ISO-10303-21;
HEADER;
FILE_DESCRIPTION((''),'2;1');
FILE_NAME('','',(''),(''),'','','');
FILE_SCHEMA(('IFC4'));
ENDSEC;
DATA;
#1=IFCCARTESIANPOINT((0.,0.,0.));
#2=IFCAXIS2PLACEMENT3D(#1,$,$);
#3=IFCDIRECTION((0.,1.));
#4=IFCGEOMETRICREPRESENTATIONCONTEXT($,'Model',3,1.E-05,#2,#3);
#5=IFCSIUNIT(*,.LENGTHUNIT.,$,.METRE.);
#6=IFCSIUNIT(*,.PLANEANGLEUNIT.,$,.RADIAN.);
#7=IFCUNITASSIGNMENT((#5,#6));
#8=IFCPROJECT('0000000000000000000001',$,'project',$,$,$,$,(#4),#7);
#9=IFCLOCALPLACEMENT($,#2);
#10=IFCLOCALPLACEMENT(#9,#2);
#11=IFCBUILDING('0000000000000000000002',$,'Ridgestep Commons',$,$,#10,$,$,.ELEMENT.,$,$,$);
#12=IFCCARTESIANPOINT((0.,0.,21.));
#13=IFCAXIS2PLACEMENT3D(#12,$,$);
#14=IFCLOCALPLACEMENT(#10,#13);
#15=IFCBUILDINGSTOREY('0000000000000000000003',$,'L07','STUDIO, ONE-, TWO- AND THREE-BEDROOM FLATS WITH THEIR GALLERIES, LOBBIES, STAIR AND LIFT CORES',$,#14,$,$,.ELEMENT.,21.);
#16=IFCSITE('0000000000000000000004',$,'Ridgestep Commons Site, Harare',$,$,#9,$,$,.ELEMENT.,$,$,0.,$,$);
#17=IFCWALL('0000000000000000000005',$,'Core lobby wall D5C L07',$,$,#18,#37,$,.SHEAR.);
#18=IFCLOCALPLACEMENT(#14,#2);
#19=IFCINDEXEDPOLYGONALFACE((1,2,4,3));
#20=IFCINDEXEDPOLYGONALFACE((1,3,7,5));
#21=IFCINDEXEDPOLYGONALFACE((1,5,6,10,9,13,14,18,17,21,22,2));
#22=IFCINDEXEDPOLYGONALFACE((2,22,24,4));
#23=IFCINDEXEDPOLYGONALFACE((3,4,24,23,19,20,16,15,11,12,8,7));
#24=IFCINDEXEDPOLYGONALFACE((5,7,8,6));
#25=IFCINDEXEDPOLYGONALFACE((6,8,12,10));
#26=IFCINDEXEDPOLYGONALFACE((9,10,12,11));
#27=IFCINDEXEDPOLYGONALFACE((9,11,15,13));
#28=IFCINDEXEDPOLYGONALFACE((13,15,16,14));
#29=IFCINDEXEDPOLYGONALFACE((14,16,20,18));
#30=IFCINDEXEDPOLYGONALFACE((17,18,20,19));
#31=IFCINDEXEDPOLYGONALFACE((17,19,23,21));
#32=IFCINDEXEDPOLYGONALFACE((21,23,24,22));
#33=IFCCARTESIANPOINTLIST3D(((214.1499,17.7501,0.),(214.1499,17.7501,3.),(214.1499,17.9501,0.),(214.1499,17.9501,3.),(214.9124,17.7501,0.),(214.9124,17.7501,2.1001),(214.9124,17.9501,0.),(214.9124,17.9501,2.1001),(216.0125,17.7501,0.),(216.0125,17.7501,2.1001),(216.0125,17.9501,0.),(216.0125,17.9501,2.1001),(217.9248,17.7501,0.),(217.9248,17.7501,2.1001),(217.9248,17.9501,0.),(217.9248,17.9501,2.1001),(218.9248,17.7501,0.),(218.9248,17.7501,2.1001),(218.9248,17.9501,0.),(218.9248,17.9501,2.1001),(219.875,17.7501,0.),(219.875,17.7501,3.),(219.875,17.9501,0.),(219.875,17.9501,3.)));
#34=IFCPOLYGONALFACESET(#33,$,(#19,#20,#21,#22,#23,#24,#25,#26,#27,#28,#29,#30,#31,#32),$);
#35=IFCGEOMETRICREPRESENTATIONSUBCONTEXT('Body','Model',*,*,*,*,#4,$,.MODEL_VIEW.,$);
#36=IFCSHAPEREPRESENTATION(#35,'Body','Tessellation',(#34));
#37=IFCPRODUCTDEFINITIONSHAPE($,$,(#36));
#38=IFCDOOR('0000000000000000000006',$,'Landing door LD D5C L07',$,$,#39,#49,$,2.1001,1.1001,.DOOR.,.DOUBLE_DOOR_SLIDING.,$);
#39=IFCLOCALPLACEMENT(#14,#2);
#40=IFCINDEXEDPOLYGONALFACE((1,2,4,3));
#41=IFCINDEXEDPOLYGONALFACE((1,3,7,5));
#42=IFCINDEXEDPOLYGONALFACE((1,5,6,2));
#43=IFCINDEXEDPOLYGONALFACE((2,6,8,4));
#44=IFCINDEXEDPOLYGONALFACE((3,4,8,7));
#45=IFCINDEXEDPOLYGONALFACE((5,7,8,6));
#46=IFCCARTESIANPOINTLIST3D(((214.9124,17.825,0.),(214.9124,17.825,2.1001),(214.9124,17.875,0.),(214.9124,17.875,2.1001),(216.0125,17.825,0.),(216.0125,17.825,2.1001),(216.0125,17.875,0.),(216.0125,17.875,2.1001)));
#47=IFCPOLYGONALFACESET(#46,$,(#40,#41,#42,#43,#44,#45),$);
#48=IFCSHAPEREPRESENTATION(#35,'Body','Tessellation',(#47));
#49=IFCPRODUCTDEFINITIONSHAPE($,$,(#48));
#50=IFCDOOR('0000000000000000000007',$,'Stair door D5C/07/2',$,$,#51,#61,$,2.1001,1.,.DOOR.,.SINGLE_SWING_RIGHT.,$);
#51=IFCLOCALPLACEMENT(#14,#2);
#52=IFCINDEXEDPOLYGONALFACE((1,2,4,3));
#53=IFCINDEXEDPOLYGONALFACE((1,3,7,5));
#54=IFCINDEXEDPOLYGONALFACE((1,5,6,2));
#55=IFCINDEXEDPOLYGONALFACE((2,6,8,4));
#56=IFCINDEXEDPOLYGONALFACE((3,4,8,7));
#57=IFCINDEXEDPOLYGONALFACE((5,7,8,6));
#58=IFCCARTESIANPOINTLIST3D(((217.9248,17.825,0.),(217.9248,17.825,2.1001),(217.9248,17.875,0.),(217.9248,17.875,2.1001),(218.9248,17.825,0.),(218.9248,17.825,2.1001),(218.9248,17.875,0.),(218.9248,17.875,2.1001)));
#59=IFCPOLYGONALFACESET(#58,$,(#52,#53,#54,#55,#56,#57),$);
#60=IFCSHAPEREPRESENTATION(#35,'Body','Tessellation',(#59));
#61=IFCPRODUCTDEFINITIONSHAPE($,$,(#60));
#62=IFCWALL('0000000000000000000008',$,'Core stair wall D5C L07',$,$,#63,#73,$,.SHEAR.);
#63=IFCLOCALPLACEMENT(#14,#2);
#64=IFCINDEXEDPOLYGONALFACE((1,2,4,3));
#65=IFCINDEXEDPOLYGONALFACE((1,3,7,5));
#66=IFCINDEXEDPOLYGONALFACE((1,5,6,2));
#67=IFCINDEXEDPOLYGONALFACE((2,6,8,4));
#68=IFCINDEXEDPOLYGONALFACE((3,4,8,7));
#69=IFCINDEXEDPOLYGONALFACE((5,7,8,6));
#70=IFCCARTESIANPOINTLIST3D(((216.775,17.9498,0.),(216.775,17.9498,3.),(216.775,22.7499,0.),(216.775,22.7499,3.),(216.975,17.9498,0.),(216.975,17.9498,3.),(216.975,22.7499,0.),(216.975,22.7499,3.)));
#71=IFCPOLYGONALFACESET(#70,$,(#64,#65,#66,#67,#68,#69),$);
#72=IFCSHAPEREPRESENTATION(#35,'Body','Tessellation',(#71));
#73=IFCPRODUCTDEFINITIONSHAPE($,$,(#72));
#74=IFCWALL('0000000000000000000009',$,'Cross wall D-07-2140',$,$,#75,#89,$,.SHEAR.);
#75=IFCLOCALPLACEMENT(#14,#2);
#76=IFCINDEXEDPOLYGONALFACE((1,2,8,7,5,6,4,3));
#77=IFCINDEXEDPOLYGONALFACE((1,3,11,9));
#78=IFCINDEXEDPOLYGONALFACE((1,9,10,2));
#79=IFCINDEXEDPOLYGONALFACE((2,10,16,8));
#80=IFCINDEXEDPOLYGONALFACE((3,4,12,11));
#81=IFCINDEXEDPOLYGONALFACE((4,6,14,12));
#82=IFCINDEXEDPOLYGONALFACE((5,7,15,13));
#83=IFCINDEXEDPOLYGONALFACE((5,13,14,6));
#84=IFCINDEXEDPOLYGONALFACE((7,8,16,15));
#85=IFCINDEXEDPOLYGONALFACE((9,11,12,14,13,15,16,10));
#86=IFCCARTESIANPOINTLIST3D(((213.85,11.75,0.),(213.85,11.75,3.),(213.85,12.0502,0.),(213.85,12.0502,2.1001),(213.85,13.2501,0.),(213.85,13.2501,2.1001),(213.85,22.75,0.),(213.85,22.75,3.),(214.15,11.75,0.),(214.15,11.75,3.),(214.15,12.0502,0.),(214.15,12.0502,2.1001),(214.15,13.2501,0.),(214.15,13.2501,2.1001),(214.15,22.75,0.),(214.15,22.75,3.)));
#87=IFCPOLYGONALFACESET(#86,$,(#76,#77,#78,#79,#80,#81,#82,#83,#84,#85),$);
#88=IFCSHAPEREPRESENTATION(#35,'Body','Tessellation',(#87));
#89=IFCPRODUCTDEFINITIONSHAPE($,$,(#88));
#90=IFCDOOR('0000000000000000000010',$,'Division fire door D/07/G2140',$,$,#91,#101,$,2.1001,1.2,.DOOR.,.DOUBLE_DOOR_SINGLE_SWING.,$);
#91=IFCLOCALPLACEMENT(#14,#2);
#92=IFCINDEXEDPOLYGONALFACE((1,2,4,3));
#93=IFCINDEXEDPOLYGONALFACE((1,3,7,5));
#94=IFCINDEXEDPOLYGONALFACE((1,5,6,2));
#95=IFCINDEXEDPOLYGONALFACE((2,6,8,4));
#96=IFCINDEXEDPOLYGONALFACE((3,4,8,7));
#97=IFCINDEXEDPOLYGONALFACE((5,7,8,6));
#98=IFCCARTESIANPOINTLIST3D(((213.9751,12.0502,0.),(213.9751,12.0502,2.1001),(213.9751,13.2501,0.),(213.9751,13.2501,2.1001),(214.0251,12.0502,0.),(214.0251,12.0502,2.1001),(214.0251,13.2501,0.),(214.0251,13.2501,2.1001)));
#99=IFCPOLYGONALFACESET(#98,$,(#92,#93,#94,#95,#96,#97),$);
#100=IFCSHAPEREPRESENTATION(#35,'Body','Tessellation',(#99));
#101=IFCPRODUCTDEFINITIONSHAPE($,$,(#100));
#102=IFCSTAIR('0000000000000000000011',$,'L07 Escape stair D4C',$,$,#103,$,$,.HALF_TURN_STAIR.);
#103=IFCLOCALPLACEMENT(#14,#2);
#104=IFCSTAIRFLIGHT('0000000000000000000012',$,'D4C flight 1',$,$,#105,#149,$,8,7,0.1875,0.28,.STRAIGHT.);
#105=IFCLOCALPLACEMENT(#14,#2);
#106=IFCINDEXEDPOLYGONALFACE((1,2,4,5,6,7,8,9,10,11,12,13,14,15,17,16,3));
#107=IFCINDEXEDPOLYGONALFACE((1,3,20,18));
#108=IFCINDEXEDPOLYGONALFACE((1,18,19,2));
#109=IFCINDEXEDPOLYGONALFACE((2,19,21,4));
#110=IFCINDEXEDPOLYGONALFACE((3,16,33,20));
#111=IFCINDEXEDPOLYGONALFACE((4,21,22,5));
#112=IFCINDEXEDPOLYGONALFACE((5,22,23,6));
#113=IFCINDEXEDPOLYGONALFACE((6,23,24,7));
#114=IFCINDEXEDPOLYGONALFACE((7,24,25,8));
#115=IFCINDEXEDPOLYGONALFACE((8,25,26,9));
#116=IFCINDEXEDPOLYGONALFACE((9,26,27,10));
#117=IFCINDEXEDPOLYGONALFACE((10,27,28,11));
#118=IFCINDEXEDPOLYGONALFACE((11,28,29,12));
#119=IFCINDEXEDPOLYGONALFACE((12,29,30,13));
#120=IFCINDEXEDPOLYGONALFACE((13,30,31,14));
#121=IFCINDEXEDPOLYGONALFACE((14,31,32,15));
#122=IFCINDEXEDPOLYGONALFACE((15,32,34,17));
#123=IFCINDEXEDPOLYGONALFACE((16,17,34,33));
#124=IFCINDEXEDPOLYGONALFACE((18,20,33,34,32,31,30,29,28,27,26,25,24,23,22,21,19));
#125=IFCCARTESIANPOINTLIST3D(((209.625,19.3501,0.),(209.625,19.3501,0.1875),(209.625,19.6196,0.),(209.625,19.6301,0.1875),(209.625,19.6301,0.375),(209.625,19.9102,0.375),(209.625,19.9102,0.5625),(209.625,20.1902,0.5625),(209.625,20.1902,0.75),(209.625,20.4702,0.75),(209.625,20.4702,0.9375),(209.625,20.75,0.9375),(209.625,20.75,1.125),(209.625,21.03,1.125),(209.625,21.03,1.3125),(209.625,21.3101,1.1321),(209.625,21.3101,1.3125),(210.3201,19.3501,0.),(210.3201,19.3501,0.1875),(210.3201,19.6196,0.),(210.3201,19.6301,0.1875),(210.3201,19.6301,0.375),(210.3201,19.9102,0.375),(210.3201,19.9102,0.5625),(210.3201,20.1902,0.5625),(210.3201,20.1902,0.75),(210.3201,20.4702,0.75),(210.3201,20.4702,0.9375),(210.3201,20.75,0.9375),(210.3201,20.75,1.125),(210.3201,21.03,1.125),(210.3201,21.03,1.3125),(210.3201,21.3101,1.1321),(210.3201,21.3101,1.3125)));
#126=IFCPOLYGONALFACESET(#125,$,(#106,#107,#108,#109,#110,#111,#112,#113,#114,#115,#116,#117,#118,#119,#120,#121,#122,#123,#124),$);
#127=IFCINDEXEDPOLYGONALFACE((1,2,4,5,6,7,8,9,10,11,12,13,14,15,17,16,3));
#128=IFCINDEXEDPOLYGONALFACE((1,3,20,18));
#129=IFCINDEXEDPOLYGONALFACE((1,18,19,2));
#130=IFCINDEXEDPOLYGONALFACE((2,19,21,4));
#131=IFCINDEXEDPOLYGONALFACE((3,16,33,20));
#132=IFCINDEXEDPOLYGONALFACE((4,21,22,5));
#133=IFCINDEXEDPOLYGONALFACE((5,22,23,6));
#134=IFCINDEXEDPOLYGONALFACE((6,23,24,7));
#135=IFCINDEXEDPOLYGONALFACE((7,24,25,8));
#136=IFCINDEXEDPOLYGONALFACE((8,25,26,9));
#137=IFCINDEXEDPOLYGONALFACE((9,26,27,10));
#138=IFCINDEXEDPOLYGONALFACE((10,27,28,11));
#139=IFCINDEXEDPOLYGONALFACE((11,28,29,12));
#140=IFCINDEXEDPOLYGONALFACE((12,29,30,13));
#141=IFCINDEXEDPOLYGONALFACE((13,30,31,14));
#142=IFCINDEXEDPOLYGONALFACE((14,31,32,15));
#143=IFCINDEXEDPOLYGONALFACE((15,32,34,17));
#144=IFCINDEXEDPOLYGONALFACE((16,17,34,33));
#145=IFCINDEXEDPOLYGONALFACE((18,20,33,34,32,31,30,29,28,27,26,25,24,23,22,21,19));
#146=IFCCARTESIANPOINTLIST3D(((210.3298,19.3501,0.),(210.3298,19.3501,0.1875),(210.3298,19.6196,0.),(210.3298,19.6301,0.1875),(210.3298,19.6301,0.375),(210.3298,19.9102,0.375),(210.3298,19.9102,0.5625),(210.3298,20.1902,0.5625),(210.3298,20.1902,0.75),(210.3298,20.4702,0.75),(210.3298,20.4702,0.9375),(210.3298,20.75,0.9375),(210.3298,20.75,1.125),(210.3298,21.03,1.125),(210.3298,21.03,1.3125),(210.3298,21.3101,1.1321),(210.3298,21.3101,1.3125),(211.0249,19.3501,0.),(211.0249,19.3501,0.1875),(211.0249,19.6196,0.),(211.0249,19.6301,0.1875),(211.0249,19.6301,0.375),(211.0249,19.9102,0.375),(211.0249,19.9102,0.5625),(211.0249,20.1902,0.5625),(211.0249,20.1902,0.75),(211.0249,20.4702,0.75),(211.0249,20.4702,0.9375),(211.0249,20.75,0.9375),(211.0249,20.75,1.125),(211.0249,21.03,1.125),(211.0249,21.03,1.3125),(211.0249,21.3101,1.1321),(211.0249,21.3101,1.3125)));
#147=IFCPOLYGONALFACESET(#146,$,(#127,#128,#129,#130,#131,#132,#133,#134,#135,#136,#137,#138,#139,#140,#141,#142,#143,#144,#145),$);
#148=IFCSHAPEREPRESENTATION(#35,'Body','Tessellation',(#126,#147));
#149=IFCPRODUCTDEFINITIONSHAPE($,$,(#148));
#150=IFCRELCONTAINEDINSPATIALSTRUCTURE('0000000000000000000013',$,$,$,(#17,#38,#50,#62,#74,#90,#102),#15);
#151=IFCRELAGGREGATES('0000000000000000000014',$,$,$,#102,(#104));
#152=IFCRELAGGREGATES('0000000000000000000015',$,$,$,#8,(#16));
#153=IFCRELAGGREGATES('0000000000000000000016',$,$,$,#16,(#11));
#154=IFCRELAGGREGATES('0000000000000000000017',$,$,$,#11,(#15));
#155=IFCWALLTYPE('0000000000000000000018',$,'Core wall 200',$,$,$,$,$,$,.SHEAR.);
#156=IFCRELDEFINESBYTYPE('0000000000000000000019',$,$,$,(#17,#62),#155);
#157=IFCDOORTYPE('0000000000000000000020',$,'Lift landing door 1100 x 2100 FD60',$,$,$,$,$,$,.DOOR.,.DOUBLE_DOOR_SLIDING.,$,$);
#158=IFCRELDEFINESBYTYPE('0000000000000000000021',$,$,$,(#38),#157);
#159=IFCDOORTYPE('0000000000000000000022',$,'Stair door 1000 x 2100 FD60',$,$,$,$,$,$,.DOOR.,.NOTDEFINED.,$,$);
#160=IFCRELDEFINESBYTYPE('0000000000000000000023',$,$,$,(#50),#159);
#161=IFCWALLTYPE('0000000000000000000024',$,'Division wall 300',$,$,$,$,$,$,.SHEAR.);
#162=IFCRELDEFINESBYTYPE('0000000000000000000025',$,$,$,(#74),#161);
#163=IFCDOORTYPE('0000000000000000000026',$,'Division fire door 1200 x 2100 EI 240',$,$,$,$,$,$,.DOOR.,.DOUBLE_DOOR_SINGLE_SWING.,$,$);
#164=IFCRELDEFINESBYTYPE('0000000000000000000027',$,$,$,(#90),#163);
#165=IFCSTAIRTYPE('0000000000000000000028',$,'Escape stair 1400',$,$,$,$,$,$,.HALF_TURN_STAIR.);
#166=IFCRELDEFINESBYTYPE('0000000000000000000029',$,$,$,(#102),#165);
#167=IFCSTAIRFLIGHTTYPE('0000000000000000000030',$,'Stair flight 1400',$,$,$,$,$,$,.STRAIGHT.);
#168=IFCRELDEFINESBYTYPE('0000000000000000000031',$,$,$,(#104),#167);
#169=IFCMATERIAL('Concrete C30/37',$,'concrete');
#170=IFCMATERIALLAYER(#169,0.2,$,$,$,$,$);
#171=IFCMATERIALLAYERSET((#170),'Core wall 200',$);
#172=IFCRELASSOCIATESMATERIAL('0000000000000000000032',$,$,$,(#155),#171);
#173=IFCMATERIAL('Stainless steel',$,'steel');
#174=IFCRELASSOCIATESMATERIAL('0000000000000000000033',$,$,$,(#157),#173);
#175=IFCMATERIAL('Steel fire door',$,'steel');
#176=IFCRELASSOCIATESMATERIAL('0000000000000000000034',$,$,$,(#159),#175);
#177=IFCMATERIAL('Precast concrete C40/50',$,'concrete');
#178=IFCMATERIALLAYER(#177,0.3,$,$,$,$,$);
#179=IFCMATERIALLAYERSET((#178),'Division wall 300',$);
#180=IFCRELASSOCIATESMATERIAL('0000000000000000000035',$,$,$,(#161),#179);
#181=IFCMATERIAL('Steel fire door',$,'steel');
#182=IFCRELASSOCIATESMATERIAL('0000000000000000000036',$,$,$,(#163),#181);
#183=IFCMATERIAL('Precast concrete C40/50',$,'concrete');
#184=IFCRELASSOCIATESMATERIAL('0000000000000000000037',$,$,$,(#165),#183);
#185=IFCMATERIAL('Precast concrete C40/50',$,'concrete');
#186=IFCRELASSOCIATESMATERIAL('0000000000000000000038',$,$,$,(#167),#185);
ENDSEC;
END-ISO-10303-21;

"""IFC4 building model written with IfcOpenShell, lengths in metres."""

from ifc_helpers import new_model, si_unit, direction, frame, frame_2d, origin, place, context, subcontext, project, spatial, polyline, rectangle, outline, extrude, material, layer, layer_set, type_object, element, fill, aggregate, save


model = new_model("IFC4")

# Units and contexts
model_context = context("Model", 3, precision=1e-05, world=origin(), true_north=direction((0.0, 1.0)))
body_context = subcontext(model_context, "Body", "Model", "MODEL_VIEW")
ifc_project = project(units=[si_unit("LENGTHUNIT", "METRE"), si_unit("PLANEANGLEUNIT", "RADIAN")], contexts=[model_context])

# Site, building, storey
site_placement = place(None, origin())
site = spatial("IfcSite", under=ifc_project, at=site_placement, Name="Ridgestep Commons Site, Harare", CompositionType="ELEMENT", RefElevation=0.0)
building_placement = place(site_placement, origin())
building = spatial("IfcBuilding", under=site, at=building_placement, Name="Ridgestep Commons", CompositionType="ELEMENT")
storey_placement = place(building_placement, frame((0.0, 0.0, 21.0)))
storey = spatial("IfcBuildingStorey", under=building, at=storey_placement, Name="L07", Description="STUDIO, ONE-, TWO- AND THREE-BEDROOM FLATS WITH THEIR GALLERIES, LOBBIES, STAIR AND LIFT CORES", CompositionType="ELEMENT", Elevation=21.0)

# Shared definitions
ifc_material_1 = material(Name="Concrete C30/37", Category="concrete")
ifc_layer_1 = layer(ifc_material_1, 0.2)
ifc_layer_set_1 = layer_set([ifc_layer_1], Name="Core wall 200")
wall_type_1 = type_object("IfcWallType", Name="Core wall 200", PredefinedType="SHEAR", material=ifc_layer_set_1)

# Wall, openings, doors
wall_1_placement = place(storey_placement, frame((214.1499, 17.8501, 0.0), z_axis=(0.0, 0.0, 1.0), x_axis=(1.0, 0.0, 0.0)))
wall_1 = element("IfcWall", 1, at=wall_1_placement, inside=storey, type_object=wall_type_1, Name="Core lobby wall D5C L07", PredefinedType="SHEAR", context=body_context, shape_type="SweptSolid", body=[
    extrude(rectangle(XDim=5.7251, YDim=0.2, at=frame_2d((2.8625, 0.0))), origin(), (0.0, 0.0, 1.0), 3.0),
])
opening_1_placement = place(wall_1_placement, frame((3.7749, 0.0, 0.0)))
opening_1 = element("IfcOpeningElement", 2, at=opening_1_placement, cuts=wall_1, PredefinedType="OPENING", context=body_context, shape_type="SweptSolid", body=[
    extrude(rectangle(XDim=1.0, YDim=2.1001, at=frame_2d((0.5, 1.05))), frame((0.0, 0.1099, 0.0), z_axis=(0.0, -1.0, 0.0), x_axis=(1.0, 0.0, 0.0)), (0.0, 0.0, 1.0), 0.22),
])
opening_2_placement = place(wall_1_placement, frame((0.7625, 0.0, 0.0)))
opening_2 = element("IfcOpeningElement", 3, at=opening_2_placement, cuts=wall_1, PredefinedType="OPENING", context=body_context, shape_type="SweptSolid", body=[
    extrude(rectangle(XDim=1.1001, YDim=2.1001, at=frame_2d((0.55, 1.05))), frame((0.0, 0.1099, 0.0), z_axis=(0.0, -1.0, 0.0), x_axis=(1.0, 0.0, 0.0)), (0.0, 0.0, 1.0), 0.22),
])
ifc_material_2 = material(Name="Stainless steel", Category="steel")
door_type_1 = type_object("IfcDoorType", Name="Lift landing door 1100 x 2100 FD60", OperationType="DOUBLE_DOOR_SLIDING", PredefinedType="DOOR", material=ifc_material_2)
door_1_placement = place(opening_2_placement, origin())
door_1 = element("IfcDoor", 4, at=door_1_placement, inside=storey, type_object=door_type_1, Name="Landing door LD D5C L07", OperationType="DOUBLE_DOOR_SLIDING", OverallHeight=2.1001, OverallWidth=1.1001, PredefinedType="DOOR", context=body_context, shape_type="SweptSolid", body=[
    extrude(rectangle(XDim=1.1001, YDim=2.1001, at=frame_2d((0.55, 1.05))), frame((0.0, 0.0249, 0.0), z_axis=(0.0, -1.0, 0.0), x_axis=(1.0, 0.0, 0.0)), (0.0, 0.0, 1.0), 0.05),
])
fill(opening_2, door_1)
ifc_material_3 = material(Name="Steel fire door", Category="steel")
door_type_2 = type_object("IfcDoorType", Name="Stair door 1000 x 2100 FD60", OperationType="NOTDEFINED", PredefinedType="DOOR", material=ifc_material_3)
door_2_placement = place(opening_1_placement, origin())
door_2 = element("IfcDoor", 5, at=door_2_placement, inside=storey, type_object=door_type_2, Name="Stair door D5C/07/2", OperationType="SINGLE_SWING_RIGHT", OverallHeight=2.1001, OverallWidth=1.0, PredefinedType="DOOR", context=body_context, shape_type="SweptSolid", body=[
    extrude(rectangle(XDim=1.0, YDim=2.1001, at=frame_2d((0.5, 1.05))), frame((0.0, 0.0249, 0.0), z_axis=(0.0, -1.0, 0.0), x_axis=(1.0, 0.0, 0.0)), (0.0, 0.0, 1.0), 0.05),
])
fill(opening_1, door_2)

# Wall
wall_2_placement = place(storey_placement, frame((216.875, 17.95, 0.0), z_axis=(0.0, 0.0, 1.0), x_axis=(0.0, 1.0, 0.0)))
element("IfcWall", 6, at=wall_2_placement, inside=storey, type_object=wall_type_1, Name="Core stair wall D5C L07", PredefinedType="SHEAR", context=body_context, shape_type="SweptSolid", body=[
    extrude(rectangle(XDim=4.8, YDim=0.2, at=frame_2d((2.3999, 0.0))), origin(), (0.0, 0.0, 1.0), 3.0),
])

# Wall, opening, door
ifc_material_4 = material(Name="Precast concrete C40/50", Category="concrete")
ifc_layer_2 = layer(ifc_material_4, 0.3)
ifc_layer_set_2 = layer_set([ifc_layer_2], Name="Division wall 300")
wall_type_2 = type_object("IfcWallType", Name="Division wall 300", PredefinedType="SHEAR", material=ifc_layer_set_2)
wall_3_placement = place(storey_placement, frame((214.0, 11.75, 0.0), z_axis=(0.0, 0.0, 1.0), x_axis=(0.0, 1.0, 0.0)))
wall_3 = element("IfcWall", 7, at=wall_3_placement, inside=storey, type_object=wall_type_2, Name="Cross wall D-07-2140", PredefinedType="SHEAR", context=body_context, shape_type="SweptSolid", body=[
    extrude(rectangle(XDim=11.0, YDim=0.3, at=frame_2d((5.5, 0.0))), origin(), (0.0, 0.0, 1.0), 3.0),
])
opening_3_placement = place(wall_3_placement, frame((0.3, 0.0, 0.0)))
opening_3 = element("IfcOpeningElement", 8, at=opening_3_placement, cuts=wall_3, PredefinedType="OPENING", context=body_context, shape_type="SweptSolid", body=[
    extrude(rectangle(XDim=1.2, YDim=2.1001, at=frame_2d((0.6001, 1.05))), frame((0.0, 0.1599, 0.0), z_axis=(0.0, -1.0, 0.0), x_axis=(1.0, 0.0, 0.0)), (0.0, 0.0, 1.0), 0.3201),
])
ifc_material_5 = material(Name="Steel fire door", Category="steel")
door_type_3 = type_object("IfcDoorType", Name="Division fire door 1200 x 2100 EI 240", OperationType="DOUBLE_DOOR_SINGLE_SWING", PredefinedType="DOOR", material=ifc_material_5)
door_3_placement = place(opening_3_placement, origin())
door_3 = element("IfcDoor", 9, at=door_3_placement, inside=storey, type_object=door_type_3, Name="Division fire door D/07/G2140", OperationType="DOUBLE_DOOR_SINGLE_SWING", OverallHeight=2.1001, OverallWidth=1.2, PredefinedType="DOOR", context=body_context, shape_type="SweptSolid", body=[
    extrude(rectangle(XDim=1.2, YDim=2.1001, at=frame_2d((0.6001, 1.05))), frame((0.0, 0.0249, 0.0), z_axis=(0.0, -1.0, 0.0), x_axis=(1.0, 0.0, 0.0)), (0.0, 0.0, 1.0), 0.05),
])
fill(opening_3, door_3)

# Stair, stair flight
ifc_material_6 = material(Name="Precast concrete C40/50", Category="concrete")
stair_type = type_object("IfcStairType", Name="Escape stair 1400", PredefinedType="HALF_TURN_STAIR", material=ifc_material_6)
stair_placement = place(storey_placement, origin())
stair = element("IfcStair", 10, at=stair_placement, inside=storey, type_object=stair_type, Name="L07 Escape stair D4C", PredefinedType="HALF_TURN_STAIR")
ifc_material_7 = material(Name="Precast concrete C40/50", Category="concrete")
stair_flight_type = type_object("IfcStairFlightType", Name="Stair flight 1400", PredefinedType="STRAIGHT", material=ifc_material_7)
stair_flight_placement = place(storey_placement, frame((210.325, 19.3501, 0.0), z_axis=(0.0, 0.0, 1.0), x_axis=(0.0, 1.0, 0.0)))
stair_flight = element("IfcStairFlight", 11, at=stair_flight_placement, type_object=stair_flight_type, Name="D4C flight 1", NumberOfRisers=8, NumberOfTreads=7, PredefinedType="STRAIGHT", RiserHeight=0.1875, TreadLength=0.28, context=body_context, shape_type="SweptSolid", body=[
    extrude(outline(polyline([(0.0, 0.0), (0.0, 0.1875), (0.28, 0.1875), (0.28, 0.375), (0.5601, 0.375), (0.5601, 0.5625), (0.8401, 0.5625), (0.8401, 0.75), (1.1201, 0.75), (1.1201, 0.9375), (1.3999, 0.9375), (1.3999, 1.125), (1.6799, 1.125), (1.6799, 1.3125), (1.96, 1.3125), (1.96, 1.5), (1.96, 1.1321), (0.2695, 0.0), (0.0, 0.0)])), frame((0.0, 0.7, 0.0), z_axis=(0.0, -1.0, 0.0), x_axis=(1.0, 0.0, 0.0)), (0.0, 0.0, 1.0), 0.6951),
    extrude(outline(polyline([(0.0, 0.0), (0.0, 0.1875), (0.28, 0.1875), (0.28, 0.375), (0.5601, 0.375), (0.5601, 0.5625), (0.8401, 0.5625), (0.8401, 0.75), (1.1201, 0.75), (1.1201, 0.9375), (1.3999, 0.9375), (1.3999, 1.125), (1.6799, 1.125), (1.6799, 1.3125), (1.96, 1.3125), (1.96, 1.5), (1.96, 1.1321), (0.2695, 0.0), (0.0, 0.0)])), frame((0.0, -0.0049, 0.0), z_axis=(0.0, -1.0, 0.0), x_axis=(1.0, 0.0, 0.0)), (0.0, 0.0, 1.0), 0.6951),
])
aggregate(stair, [stair_flight])

save(model, "model.ifc")
